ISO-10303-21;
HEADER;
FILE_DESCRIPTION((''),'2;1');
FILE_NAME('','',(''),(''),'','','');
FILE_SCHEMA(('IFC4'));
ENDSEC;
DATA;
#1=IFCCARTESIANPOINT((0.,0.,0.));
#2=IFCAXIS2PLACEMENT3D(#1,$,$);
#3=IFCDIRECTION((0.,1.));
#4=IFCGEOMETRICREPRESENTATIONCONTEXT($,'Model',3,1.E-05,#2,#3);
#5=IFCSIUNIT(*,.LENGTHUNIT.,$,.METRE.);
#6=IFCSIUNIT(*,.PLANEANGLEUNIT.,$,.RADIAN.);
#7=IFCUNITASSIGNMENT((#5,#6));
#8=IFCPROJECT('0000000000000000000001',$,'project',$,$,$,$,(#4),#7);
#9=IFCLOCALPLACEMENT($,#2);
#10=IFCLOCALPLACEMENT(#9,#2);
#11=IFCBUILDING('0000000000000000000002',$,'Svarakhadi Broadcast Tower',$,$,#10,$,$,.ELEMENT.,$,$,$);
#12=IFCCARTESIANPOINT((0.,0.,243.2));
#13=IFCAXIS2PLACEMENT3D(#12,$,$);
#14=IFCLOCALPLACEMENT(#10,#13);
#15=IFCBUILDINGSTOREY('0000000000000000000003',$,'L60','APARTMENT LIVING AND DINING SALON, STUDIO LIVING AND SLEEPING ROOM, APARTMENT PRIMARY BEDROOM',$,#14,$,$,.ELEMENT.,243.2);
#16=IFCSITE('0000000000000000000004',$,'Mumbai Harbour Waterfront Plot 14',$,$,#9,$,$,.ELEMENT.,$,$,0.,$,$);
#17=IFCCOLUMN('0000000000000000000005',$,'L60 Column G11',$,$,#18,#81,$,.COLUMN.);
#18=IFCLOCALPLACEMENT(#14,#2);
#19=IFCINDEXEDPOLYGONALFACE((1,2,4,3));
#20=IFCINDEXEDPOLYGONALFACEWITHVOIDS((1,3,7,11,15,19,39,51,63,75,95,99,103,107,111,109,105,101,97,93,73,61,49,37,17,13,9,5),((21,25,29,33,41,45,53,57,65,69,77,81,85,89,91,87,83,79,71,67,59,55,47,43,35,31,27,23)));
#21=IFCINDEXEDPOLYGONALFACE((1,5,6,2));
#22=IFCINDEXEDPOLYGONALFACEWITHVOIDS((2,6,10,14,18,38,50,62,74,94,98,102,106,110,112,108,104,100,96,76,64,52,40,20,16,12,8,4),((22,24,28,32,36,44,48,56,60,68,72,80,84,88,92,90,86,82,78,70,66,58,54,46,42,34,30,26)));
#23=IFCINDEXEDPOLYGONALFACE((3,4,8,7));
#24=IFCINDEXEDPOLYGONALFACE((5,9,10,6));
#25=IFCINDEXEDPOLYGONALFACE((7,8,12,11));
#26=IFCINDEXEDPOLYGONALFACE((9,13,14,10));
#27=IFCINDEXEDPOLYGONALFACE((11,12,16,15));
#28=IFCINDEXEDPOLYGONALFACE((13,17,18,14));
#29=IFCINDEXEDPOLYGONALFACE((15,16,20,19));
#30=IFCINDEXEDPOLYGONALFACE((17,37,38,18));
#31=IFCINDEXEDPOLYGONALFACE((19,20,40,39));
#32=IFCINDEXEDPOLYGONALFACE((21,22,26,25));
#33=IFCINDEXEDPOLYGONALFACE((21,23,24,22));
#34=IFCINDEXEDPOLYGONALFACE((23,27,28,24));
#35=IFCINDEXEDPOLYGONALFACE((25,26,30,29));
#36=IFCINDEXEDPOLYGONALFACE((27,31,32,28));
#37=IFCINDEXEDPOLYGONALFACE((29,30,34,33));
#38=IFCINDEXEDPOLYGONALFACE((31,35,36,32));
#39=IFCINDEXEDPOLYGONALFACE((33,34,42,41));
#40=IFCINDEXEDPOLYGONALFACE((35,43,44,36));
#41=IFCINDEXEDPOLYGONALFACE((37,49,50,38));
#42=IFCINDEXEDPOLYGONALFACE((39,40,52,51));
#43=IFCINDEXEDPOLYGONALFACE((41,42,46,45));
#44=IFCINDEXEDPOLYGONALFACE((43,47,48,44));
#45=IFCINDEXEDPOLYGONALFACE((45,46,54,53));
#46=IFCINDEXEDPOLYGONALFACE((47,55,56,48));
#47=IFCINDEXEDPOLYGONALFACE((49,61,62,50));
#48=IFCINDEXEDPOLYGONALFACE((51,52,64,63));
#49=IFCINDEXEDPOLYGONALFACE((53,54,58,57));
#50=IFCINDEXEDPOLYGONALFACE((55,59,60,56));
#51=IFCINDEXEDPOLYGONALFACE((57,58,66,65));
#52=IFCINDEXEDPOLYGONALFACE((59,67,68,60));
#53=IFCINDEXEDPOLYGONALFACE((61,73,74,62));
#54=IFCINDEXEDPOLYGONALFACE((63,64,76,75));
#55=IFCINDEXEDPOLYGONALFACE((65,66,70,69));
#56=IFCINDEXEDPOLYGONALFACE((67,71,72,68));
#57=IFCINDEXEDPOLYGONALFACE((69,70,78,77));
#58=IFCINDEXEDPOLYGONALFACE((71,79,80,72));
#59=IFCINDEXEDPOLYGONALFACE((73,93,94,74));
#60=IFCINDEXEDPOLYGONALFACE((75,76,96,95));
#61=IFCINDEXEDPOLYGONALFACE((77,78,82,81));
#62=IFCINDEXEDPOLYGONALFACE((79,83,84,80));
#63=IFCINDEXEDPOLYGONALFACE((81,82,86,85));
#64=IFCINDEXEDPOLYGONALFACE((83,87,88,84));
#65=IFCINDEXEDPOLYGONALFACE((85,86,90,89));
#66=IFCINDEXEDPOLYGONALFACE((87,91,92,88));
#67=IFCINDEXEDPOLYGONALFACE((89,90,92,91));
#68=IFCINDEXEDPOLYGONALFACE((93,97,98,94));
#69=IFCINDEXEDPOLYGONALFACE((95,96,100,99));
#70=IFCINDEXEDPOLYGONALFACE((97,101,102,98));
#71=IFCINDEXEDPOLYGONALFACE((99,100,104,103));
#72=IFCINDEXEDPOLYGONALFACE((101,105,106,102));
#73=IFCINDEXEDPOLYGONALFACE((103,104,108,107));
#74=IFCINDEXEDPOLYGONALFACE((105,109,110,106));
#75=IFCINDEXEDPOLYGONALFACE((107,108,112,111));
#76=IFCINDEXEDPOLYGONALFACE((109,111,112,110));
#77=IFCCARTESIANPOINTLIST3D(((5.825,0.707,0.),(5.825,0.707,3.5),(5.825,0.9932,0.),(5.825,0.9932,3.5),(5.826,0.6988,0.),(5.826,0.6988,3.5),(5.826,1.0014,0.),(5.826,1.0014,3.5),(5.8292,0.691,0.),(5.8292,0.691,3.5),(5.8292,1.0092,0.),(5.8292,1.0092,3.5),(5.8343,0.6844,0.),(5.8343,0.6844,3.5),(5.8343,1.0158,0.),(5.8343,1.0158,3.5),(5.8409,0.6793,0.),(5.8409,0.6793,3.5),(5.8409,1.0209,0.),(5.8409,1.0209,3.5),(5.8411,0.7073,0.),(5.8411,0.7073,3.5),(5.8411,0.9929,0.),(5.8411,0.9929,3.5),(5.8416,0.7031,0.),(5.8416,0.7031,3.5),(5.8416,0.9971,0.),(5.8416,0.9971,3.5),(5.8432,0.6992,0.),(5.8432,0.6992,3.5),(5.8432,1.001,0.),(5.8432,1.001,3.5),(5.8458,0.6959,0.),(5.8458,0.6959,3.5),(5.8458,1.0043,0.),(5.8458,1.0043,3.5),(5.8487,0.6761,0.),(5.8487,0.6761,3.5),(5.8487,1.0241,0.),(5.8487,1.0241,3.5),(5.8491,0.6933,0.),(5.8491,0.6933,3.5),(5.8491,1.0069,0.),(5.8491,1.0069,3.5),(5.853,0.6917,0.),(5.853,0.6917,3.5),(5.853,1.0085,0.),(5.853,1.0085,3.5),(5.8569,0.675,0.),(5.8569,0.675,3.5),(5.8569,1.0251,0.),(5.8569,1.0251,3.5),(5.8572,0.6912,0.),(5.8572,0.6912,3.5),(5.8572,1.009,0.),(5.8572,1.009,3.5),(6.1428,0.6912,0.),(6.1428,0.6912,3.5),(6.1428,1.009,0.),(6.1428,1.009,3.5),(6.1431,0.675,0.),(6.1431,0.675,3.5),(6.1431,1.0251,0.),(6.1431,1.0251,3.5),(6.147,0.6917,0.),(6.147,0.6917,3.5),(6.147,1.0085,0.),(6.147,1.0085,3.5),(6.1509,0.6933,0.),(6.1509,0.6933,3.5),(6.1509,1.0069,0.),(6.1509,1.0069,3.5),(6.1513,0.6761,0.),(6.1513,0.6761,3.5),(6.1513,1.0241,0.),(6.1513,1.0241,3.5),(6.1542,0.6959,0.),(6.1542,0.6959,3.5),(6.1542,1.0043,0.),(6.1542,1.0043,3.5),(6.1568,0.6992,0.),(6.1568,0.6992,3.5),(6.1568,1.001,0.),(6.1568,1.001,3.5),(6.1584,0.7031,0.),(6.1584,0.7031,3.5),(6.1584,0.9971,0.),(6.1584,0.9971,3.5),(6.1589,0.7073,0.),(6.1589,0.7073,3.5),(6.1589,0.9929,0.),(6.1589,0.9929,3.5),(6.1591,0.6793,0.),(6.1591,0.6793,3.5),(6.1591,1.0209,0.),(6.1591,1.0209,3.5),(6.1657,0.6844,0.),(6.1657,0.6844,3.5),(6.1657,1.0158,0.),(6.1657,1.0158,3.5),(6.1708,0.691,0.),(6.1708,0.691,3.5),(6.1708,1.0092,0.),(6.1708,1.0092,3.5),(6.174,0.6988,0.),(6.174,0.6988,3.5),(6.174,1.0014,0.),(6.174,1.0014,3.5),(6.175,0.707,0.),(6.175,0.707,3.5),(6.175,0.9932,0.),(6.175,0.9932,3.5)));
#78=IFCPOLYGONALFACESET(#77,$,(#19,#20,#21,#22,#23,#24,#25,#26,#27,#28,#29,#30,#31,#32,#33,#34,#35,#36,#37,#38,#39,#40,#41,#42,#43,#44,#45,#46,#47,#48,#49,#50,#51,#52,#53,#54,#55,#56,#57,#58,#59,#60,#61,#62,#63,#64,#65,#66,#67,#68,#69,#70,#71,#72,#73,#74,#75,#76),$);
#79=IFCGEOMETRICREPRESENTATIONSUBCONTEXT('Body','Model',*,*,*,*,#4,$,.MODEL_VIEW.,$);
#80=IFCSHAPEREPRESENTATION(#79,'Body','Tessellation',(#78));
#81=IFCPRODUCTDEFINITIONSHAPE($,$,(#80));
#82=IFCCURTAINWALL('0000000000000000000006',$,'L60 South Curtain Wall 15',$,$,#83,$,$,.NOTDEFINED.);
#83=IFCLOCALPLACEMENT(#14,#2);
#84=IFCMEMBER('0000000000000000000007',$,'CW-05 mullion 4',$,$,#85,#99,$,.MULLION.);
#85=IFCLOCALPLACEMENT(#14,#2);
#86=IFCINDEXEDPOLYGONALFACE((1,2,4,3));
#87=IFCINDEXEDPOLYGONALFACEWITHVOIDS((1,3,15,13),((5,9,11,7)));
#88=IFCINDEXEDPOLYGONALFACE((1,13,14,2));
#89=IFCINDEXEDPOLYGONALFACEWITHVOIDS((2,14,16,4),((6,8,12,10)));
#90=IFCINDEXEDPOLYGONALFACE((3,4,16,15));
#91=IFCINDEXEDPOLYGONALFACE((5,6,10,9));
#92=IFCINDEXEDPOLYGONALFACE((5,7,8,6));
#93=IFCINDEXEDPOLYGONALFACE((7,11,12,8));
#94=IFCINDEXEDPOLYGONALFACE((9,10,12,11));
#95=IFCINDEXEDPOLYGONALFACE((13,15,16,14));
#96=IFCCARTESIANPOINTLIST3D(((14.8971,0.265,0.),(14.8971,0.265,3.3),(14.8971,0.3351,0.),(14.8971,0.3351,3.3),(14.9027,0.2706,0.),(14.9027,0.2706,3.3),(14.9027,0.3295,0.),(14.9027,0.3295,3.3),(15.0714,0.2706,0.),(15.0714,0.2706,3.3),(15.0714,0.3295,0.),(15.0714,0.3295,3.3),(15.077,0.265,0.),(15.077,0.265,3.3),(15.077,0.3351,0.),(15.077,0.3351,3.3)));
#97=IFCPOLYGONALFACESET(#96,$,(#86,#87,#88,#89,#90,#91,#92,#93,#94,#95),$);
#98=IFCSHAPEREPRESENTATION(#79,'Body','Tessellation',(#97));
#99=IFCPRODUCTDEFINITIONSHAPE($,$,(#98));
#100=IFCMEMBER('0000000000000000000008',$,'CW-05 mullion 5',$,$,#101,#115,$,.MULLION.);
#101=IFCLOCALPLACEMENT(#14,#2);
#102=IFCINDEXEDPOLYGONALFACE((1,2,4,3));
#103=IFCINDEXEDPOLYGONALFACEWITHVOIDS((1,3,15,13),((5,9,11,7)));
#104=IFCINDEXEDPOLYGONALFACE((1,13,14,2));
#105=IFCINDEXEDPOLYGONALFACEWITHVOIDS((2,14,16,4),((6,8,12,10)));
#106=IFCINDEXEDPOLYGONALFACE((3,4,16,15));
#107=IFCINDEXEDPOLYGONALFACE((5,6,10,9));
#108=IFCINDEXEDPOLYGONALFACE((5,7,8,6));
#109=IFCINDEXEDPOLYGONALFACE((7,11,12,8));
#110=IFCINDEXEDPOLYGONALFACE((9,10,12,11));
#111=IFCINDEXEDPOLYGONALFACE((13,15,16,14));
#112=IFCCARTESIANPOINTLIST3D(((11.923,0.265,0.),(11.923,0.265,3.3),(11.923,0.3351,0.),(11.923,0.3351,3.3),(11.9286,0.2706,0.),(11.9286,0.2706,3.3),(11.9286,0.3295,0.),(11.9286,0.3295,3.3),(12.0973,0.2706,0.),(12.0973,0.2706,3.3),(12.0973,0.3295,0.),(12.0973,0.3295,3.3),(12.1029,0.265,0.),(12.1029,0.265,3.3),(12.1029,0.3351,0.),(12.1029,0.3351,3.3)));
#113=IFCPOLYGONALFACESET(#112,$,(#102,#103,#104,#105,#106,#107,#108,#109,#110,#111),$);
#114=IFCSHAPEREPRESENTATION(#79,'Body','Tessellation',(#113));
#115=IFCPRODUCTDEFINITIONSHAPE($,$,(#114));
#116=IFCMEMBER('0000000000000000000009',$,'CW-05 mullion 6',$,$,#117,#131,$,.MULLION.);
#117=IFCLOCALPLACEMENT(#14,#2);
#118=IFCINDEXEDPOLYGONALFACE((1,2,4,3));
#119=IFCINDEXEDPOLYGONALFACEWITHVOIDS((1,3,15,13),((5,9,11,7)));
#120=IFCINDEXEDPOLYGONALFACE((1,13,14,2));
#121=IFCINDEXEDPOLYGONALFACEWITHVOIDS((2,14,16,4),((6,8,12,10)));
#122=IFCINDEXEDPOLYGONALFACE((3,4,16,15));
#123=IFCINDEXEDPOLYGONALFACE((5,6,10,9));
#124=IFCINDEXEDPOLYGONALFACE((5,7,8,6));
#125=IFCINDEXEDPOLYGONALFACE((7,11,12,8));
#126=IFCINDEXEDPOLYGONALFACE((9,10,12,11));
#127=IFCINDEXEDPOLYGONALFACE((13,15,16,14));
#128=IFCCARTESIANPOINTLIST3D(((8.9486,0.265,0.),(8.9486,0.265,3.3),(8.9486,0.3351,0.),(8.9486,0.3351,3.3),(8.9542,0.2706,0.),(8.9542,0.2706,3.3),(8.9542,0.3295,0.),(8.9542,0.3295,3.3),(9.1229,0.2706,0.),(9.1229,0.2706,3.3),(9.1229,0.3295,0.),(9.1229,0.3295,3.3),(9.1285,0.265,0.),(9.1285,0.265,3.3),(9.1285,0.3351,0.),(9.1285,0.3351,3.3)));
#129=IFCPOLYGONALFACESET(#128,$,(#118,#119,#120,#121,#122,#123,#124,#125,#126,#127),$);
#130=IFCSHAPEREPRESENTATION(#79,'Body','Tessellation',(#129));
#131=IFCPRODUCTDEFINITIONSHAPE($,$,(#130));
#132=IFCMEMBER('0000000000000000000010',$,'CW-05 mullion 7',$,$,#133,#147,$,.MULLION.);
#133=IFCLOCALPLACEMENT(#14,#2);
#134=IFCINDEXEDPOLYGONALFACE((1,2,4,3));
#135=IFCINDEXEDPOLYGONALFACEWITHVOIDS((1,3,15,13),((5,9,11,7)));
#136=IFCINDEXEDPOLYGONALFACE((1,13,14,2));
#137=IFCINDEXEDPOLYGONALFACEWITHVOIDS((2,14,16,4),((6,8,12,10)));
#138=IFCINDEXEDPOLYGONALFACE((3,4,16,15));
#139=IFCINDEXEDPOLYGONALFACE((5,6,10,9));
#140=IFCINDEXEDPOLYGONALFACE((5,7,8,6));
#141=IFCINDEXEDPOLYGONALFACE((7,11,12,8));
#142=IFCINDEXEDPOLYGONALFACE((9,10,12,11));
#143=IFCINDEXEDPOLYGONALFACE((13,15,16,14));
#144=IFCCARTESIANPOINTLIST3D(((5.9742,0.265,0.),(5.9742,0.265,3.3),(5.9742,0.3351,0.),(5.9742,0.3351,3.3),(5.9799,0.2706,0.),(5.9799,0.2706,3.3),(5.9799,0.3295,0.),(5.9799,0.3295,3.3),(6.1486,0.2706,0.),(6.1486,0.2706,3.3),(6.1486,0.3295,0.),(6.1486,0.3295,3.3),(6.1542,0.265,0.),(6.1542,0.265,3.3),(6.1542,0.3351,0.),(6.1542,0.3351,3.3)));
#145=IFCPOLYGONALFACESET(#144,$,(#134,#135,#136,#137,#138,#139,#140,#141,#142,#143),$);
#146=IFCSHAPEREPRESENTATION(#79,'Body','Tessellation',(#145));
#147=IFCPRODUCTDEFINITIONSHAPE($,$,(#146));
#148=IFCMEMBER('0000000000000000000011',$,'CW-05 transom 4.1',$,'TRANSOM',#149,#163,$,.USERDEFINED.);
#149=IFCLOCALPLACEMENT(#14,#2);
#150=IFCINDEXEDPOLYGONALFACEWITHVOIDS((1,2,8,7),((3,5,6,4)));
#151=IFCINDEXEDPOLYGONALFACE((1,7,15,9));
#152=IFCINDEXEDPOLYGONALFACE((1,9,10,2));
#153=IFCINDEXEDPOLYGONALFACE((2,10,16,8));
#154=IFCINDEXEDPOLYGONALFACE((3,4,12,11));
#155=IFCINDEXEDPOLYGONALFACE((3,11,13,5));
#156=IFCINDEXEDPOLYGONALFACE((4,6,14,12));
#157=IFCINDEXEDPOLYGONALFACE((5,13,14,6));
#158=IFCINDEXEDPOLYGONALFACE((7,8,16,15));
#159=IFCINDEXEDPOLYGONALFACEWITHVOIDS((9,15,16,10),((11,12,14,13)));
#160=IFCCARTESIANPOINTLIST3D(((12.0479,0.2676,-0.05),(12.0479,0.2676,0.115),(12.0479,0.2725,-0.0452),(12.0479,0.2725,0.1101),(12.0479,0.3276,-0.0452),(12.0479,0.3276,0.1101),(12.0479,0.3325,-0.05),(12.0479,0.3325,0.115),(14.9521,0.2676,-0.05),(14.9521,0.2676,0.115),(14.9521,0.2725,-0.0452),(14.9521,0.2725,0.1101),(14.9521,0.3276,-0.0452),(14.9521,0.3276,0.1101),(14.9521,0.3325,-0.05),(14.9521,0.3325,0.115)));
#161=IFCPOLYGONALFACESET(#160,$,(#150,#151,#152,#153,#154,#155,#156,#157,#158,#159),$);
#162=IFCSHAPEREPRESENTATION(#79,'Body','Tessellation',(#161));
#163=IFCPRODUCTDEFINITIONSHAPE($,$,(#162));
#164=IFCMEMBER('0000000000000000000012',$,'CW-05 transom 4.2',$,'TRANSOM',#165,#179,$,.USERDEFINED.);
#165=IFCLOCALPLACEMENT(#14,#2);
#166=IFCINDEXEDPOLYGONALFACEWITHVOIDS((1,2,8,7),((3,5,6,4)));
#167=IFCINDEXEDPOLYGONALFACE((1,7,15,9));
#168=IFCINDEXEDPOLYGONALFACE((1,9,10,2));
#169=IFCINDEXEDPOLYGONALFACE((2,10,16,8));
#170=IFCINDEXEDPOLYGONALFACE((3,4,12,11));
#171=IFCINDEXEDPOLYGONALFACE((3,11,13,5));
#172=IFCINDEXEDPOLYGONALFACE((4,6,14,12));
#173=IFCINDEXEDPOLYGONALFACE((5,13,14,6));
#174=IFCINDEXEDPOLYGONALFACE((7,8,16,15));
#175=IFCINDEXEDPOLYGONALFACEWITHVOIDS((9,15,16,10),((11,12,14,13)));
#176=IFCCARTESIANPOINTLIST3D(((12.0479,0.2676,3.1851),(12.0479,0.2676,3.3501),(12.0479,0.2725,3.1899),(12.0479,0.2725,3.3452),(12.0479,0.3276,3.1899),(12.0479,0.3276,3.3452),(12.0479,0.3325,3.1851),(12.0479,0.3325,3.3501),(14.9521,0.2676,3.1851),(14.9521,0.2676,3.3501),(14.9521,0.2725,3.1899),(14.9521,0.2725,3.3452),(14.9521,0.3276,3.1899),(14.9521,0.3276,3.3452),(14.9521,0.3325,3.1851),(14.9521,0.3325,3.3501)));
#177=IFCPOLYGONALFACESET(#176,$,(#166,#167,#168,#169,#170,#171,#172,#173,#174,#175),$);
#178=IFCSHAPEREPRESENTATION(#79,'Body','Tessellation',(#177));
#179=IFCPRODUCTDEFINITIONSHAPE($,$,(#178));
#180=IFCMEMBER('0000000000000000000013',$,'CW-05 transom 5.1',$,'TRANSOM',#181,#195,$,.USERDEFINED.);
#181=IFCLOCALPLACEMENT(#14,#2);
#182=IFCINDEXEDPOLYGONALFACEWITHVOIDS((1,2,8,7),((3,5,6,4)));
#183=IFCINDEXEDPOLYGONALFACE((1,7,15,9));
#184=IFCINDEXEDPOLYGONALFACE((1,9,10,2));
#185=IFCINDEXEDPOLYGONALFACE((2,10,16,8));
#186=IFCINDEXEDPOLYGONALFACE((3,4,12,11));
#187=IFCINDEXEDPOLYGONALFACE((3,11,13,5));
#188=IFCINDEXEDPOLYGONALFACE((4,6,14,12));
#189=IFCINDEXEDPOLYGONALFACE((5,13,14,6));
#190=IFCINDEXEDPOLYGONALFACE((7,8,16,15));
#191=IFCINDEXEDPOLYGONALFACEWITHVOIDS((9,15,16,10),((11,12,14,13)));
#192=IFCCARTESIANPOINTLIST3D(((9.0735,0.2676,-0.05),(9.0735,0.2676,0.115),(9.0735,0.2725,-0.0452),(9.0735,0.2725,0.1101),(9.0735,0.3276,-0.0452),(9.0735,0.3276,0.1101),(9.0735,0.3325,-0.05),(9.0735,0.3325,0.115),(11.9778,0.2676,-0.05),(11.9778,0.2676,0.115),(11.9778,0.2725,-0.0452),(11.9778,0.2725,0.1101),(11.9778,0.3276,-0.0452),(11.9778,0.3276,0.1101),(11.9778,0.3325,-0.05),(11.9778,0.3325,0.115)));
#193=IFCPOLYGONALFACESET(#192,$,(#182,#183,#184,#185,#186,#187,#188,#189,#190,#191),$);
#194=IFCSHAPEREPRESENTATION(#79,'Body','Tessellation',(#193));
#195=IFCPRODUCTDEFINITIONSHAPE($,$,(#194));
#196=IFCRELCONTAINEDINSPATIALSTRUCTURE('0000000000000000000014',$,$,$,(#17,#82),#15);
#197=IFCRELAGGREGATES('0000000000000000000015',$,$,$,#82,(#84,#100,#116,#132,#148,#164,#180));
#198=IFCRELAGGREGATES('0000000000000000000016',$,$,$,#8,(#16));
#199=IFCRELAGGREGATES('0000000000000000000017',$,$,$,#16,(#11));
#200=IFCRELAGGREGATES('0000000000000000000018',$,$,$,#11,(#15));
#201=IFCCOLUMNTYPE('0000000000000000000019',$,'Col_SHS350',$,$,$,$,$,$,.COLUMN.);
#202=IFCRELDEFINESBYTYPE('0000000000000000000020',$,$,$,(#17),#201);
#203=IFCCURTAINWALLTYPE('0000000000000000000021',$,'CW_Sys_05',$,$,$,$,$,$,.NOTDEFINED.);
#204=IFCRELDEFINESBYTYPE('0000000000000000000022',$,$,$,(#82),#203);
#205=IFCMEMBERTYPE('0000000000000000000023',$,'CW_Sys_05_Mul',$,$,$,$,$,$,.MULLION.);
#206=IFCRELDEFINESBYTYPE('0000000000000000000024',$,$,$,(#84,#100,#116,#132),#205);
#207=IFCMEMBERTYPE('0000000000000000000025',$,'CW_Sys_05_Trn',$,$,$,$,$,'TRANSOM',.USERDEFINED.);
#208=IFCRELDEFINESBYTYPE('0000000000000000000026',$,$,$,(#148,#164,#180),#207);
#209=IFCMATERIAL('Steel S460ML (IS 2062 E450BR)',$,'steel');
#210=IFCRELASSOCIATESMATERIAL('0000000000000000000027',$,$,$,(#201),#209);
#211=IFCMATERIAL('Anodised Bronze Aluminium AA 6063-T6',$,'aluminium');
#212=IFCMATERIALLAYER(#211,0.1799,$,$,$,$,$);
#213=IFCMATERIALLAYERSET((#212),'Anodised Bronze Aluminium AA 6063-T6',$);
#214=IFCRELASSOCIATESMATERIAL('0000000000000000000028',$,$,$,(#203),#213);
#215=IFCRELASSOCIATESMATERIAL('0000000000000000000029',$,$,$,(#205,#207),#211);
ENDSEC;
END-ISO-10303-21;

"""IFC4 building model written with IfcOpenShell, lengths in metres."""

from ifc_helpers import new_model, si_unit, direction, frame, origin, origin_2d, place, context, subcontext, project, spatial, hollow_rectangle, extrude, material, layer, layer_set, material_profile, profile_set, type_object, element, aggregate, save


model = new_model("IFC4")

# Units and contexts
model_context = context("Model", 3, precision=1e-05, world=origin(), true_north=direction((0.0, 1.0)))
body_context = subcontext(model_context, "Body", "Model", "MODEL_VIEW")
ifc_project = project(units=[si_unit("LENGTHUNIT", "METRE"), si_unit("PLANEANGLEUNIT", "RADIAN")], contexts=[model_context])

# Site, building, storey
site_placement = place(None, origin())
site = spatial("IfcSite", under=ifc_project, at=site_placement, Name="Mumbai Harbour Waterfront Plot 14", CompositionType="ELEMENT", RefElevation=0.0)
building_placement = place(site_placement, origin())
building = spatial("IfcBuilding", under=site, at=building_placement, Name="Svarakhadi Broadcast Tower", CompositionType="ELEMENT")
storey_placement = place(building_placement, frame((0.0, 0.0, 243.2)))
storey = spatial("IfcBuildingStorey", under=building, at=storey_placement, Name="L60", Description="APARTMENT LIVING AND DINING SALON, STUDIO LIVING AND SLEEPING ROOM, APARTMENT PRIMARY BEDROOM", CompositionType="ELEMENT", Elevation=243.2)

# Column
ifc_material_1 = material(Name="Steel S460ML (IS 2062 E450BR)", Category="steel")
ifc_material_profile_1 = material_profile(ifc_material_1, hollow_rectangle(XDim=0.3501, YDim=0.3501, WallThickness=0.0161, InnerFilletRadius=0.0161, OuterFilletRadius=0.032, at=origin_2d()), Name="SHS 350x350x16")
ifc_profile_set_1 = profile_set([ifc_material_profile_1], Name="Steel S460ML (IS 2062 E450BR)")
column_type = type_object("IfcColumnType", Name="Col_SHS350", PredefinedType="COLUMN", material=ifc_profile_set_1)
column_placement = place(storey_placement, frame((6.0, 0.8501, 0.0), z_axis=(0.0, 0.0, 1.0), x_axis=(1.0, 0.0, 0.0)))
element("IfcColumn", 1, at=column_placement, inside=storey, type_object=column_type, Name="L60 Column G11", PredefinedType="COLUMN", context=body_context, shape_type="SweptSolid", body=[
    extrude(hollow_rectangle(XDim=0.3501, YDim=0.3501, WallThickness=0.0161, InnerFilletRadius=0.0161, OuterFilletRadius=0.032, at=origin_2d()), origin(), (0.0, 0.0, 1.0), 3.5),
])

# Curtain wall, members
ifc_material_2 = material(Name="Anodised Bronze Aluminium AA 6063-T6", Category="aluminium")
ifc_layer_1 = layer(ifc_material_2, 0.1799)
ifc_layer_set_1 = layer_set([ifc_layer_1], Name="Anodised Bronze Aluminium AA 6063-T6")
curtain_wall_type = type_object("IfcCurtainWallType", Name="CW_Sys_05", PredefinedType="NOTDEFINED", material=ifc_layer_set_1)
curtain_wall_placement = place(storey_placement, origin())
curtain_wall = element("IfcCurtainWall", 2, at=curtain_wall_placement, inside=storey, type_object=curtain_wall_type, Name="L60 South Curtain Wall 15", PredefinedType="NOTDEFINED")
ifc_material_profile_2 = material_profile(ifc_material_2, hollow_rectangle(XDim=0.0701, YDim=0.1799, WallThickness=0.0056, at=origin_2d()), Name="ALU MULLION 180x70x6")
ifc_profile_set_2 = profile_set([ifc_material_profile_2], Name="Anodised Bronze Aluminium AA 6063-T6")
member_type_1 = type_object("IfcMemberType", Name="CW_Sys_05_Mul", PredefinedType="MULLION", material=ifc_profile_set_2)
member_1_placement = place(storey_placement, frame((14.9871, 0.3, 0.0), z_axis=(0.0, 0.0, 1.0), x_axis=(0.0, -1.0, 0.0)))
member_1 = element("IfcMember", 3, at=member_1_placement, type_object=member_type_1, Name="CW-05 mullion 4", PredefinedType="MULLION", context=body_context, shape_type="SweptSolid", body=[
    extrude(hollow_rectangle(XDim=0.0701, YDim=0.1799, WallThickness=0.0056, at=origin_2d()), origin(), (0.0, 0.0, 1.0), 3.3),
])
member_2_placement = place(storey_placement, frame((12.0129, 0.3, 0.0), z_axis=(0.0, 0.0, 1.0), x_axis=(0.0, -1.0, 0.0)))
member_2 = element("IfcMember", 4, at=member_2_placement, type_object=member_type_1, Name="CW-05 mullion 5", PredefinedType="MULLION", context=body_context, shape_type="SweptSolid", body=[
    extrude(hollow_rectangle(XDim=0.0701, YDim=0.1799, WallThickness=0.0056, at=origin_2d()), origin(), (0.0, 0.0, 1.0), 3.3),
])
member_3_placement = place(storey_placement, frame((9.0386, 0.3, 0.0), z_axis=(0.0, 0.0, 1.0), x_axis=(0.0, -1.0, 0.0)))
member_3 = element("IfcMember", 5, at=member_3_placement, type_object=member_type_1, Name="CW-05 mullion 6", PredefinedType="MULLION", context=body_context, shape_type="SweptSolid", body=[
    extrude(hollow_rectangle(XDim=0.0701, YDim=0.1799, WallThickness=0.0056, at=origin_2d()), origin(), (0.0, 0.0, 1.0), 3.3),
])
member_4_placement = place(storey_placement, frame((6.0642, 0.3, 0.0), z_axis=(0.0, 0.0, 1.0), x_axis=(0.0, -1.0, 0.0)))
member_4 = element("IfcMember", 6, at=member_4_placement, type_object=member_type_1, Name="CW-05 mullion 7", PredefinedType="MULLION", context=body_context, shape_type="SweptSolid", body=[
    extrude(hollow_rectangle(XDim=0.0701, YDim=0.1799, WallThickness=0.0056, at=origin_2d()), origin(), (0.0, 0.0, 1.0), 3.3),
])
ifc_material_profile_3 = material_profile(ifc_material_2, hollow_rectangle(XDim=0.0649, YDim=0.165, WallThickness=0.0049, at=origin_2d()), Name="ALU TRANSOM 165x65x5")
ifc_profile_set_3 = profile_set([ifc_material_profile_3], Name="Anodised Bronze Aluminium AA 6063-T6")
member_type_2 = type_object("IfcMemberType", Name="CW_Sys_05_Trn", ElementType="TRANSOM", PredefinedType="USERDEFINED", material=ifc_profile_set_3)
member_5_placement = place(storey_placement, frame((14.9521, 0.3, 0.0325), z_axis=(-1.0, 0.0, 0.0), x_axis=(0.0, -1.0, 0.0)))
member_5 = element("IfcMember", 7, at=member_5_placement, type_object=member_type_2, Name="CW-05 transom 4.1", ObjectType="TRANSOM", PredefinedType="USERDEFINED", context=body_context, shape_type="SweptSolid", body=[
    extrude(hollow_rectangle(XDim=0.0649, YDim=0.165, WallThickness=0.0049, at=origin_2d()), origin(), (0.0, 0.0, 1.0), 2.9043),
])
member_6_placement = place(storey_placement, frame((14.9521, 0.3, 3.2676), z_axis=(-1.0, 0.0, 0.0), x_axis=(0.0, -1.0, 0.0)))
member_6 = element("IfcMember", 8, at=member_6_placement, type_object=member_type_2, Name="CW-05 transom 4.2", ObjectType="TRANSOM", PredefinedType="USERDEFINED", context=body_context, shape_type="SweptSolid", body=[
    extrude(hollow_rectangle(XDim=0.0649, YDim=0.165, WallThickness=0.0049, at=origin_2d()), origin(), (0.0, 0.0, 1.0), 2.9043),
])
member_7_placement = place(storey_placement, frame((11.9778, 0.3, 0.0325), z_axis=(-1.0, 0.0, 0.0), x_axis=(0.0, -1.0, 0.0)))
member_7 = element("IfcMember", 9, at=member_7_placement, type_object=member_type_2, Name="CW-05 transom 5.1", ObjectType="TRANSOM", PredefinedType="USERDEFINED", context=body_context, shape_type="SweptSolid", body=[
    extrude(hollow_rectangle(XDim=0.0649, YDim=0.165, WallThickness=0.0049, at=origin_2d()), origin(), (0.0, 0.0, 1.0), 2.9043),
])

aggregate(curtain_wall, [member_1, member_2, member_3, member_4, member_5, member_6, member_7])

save(model, "model.ifc")
